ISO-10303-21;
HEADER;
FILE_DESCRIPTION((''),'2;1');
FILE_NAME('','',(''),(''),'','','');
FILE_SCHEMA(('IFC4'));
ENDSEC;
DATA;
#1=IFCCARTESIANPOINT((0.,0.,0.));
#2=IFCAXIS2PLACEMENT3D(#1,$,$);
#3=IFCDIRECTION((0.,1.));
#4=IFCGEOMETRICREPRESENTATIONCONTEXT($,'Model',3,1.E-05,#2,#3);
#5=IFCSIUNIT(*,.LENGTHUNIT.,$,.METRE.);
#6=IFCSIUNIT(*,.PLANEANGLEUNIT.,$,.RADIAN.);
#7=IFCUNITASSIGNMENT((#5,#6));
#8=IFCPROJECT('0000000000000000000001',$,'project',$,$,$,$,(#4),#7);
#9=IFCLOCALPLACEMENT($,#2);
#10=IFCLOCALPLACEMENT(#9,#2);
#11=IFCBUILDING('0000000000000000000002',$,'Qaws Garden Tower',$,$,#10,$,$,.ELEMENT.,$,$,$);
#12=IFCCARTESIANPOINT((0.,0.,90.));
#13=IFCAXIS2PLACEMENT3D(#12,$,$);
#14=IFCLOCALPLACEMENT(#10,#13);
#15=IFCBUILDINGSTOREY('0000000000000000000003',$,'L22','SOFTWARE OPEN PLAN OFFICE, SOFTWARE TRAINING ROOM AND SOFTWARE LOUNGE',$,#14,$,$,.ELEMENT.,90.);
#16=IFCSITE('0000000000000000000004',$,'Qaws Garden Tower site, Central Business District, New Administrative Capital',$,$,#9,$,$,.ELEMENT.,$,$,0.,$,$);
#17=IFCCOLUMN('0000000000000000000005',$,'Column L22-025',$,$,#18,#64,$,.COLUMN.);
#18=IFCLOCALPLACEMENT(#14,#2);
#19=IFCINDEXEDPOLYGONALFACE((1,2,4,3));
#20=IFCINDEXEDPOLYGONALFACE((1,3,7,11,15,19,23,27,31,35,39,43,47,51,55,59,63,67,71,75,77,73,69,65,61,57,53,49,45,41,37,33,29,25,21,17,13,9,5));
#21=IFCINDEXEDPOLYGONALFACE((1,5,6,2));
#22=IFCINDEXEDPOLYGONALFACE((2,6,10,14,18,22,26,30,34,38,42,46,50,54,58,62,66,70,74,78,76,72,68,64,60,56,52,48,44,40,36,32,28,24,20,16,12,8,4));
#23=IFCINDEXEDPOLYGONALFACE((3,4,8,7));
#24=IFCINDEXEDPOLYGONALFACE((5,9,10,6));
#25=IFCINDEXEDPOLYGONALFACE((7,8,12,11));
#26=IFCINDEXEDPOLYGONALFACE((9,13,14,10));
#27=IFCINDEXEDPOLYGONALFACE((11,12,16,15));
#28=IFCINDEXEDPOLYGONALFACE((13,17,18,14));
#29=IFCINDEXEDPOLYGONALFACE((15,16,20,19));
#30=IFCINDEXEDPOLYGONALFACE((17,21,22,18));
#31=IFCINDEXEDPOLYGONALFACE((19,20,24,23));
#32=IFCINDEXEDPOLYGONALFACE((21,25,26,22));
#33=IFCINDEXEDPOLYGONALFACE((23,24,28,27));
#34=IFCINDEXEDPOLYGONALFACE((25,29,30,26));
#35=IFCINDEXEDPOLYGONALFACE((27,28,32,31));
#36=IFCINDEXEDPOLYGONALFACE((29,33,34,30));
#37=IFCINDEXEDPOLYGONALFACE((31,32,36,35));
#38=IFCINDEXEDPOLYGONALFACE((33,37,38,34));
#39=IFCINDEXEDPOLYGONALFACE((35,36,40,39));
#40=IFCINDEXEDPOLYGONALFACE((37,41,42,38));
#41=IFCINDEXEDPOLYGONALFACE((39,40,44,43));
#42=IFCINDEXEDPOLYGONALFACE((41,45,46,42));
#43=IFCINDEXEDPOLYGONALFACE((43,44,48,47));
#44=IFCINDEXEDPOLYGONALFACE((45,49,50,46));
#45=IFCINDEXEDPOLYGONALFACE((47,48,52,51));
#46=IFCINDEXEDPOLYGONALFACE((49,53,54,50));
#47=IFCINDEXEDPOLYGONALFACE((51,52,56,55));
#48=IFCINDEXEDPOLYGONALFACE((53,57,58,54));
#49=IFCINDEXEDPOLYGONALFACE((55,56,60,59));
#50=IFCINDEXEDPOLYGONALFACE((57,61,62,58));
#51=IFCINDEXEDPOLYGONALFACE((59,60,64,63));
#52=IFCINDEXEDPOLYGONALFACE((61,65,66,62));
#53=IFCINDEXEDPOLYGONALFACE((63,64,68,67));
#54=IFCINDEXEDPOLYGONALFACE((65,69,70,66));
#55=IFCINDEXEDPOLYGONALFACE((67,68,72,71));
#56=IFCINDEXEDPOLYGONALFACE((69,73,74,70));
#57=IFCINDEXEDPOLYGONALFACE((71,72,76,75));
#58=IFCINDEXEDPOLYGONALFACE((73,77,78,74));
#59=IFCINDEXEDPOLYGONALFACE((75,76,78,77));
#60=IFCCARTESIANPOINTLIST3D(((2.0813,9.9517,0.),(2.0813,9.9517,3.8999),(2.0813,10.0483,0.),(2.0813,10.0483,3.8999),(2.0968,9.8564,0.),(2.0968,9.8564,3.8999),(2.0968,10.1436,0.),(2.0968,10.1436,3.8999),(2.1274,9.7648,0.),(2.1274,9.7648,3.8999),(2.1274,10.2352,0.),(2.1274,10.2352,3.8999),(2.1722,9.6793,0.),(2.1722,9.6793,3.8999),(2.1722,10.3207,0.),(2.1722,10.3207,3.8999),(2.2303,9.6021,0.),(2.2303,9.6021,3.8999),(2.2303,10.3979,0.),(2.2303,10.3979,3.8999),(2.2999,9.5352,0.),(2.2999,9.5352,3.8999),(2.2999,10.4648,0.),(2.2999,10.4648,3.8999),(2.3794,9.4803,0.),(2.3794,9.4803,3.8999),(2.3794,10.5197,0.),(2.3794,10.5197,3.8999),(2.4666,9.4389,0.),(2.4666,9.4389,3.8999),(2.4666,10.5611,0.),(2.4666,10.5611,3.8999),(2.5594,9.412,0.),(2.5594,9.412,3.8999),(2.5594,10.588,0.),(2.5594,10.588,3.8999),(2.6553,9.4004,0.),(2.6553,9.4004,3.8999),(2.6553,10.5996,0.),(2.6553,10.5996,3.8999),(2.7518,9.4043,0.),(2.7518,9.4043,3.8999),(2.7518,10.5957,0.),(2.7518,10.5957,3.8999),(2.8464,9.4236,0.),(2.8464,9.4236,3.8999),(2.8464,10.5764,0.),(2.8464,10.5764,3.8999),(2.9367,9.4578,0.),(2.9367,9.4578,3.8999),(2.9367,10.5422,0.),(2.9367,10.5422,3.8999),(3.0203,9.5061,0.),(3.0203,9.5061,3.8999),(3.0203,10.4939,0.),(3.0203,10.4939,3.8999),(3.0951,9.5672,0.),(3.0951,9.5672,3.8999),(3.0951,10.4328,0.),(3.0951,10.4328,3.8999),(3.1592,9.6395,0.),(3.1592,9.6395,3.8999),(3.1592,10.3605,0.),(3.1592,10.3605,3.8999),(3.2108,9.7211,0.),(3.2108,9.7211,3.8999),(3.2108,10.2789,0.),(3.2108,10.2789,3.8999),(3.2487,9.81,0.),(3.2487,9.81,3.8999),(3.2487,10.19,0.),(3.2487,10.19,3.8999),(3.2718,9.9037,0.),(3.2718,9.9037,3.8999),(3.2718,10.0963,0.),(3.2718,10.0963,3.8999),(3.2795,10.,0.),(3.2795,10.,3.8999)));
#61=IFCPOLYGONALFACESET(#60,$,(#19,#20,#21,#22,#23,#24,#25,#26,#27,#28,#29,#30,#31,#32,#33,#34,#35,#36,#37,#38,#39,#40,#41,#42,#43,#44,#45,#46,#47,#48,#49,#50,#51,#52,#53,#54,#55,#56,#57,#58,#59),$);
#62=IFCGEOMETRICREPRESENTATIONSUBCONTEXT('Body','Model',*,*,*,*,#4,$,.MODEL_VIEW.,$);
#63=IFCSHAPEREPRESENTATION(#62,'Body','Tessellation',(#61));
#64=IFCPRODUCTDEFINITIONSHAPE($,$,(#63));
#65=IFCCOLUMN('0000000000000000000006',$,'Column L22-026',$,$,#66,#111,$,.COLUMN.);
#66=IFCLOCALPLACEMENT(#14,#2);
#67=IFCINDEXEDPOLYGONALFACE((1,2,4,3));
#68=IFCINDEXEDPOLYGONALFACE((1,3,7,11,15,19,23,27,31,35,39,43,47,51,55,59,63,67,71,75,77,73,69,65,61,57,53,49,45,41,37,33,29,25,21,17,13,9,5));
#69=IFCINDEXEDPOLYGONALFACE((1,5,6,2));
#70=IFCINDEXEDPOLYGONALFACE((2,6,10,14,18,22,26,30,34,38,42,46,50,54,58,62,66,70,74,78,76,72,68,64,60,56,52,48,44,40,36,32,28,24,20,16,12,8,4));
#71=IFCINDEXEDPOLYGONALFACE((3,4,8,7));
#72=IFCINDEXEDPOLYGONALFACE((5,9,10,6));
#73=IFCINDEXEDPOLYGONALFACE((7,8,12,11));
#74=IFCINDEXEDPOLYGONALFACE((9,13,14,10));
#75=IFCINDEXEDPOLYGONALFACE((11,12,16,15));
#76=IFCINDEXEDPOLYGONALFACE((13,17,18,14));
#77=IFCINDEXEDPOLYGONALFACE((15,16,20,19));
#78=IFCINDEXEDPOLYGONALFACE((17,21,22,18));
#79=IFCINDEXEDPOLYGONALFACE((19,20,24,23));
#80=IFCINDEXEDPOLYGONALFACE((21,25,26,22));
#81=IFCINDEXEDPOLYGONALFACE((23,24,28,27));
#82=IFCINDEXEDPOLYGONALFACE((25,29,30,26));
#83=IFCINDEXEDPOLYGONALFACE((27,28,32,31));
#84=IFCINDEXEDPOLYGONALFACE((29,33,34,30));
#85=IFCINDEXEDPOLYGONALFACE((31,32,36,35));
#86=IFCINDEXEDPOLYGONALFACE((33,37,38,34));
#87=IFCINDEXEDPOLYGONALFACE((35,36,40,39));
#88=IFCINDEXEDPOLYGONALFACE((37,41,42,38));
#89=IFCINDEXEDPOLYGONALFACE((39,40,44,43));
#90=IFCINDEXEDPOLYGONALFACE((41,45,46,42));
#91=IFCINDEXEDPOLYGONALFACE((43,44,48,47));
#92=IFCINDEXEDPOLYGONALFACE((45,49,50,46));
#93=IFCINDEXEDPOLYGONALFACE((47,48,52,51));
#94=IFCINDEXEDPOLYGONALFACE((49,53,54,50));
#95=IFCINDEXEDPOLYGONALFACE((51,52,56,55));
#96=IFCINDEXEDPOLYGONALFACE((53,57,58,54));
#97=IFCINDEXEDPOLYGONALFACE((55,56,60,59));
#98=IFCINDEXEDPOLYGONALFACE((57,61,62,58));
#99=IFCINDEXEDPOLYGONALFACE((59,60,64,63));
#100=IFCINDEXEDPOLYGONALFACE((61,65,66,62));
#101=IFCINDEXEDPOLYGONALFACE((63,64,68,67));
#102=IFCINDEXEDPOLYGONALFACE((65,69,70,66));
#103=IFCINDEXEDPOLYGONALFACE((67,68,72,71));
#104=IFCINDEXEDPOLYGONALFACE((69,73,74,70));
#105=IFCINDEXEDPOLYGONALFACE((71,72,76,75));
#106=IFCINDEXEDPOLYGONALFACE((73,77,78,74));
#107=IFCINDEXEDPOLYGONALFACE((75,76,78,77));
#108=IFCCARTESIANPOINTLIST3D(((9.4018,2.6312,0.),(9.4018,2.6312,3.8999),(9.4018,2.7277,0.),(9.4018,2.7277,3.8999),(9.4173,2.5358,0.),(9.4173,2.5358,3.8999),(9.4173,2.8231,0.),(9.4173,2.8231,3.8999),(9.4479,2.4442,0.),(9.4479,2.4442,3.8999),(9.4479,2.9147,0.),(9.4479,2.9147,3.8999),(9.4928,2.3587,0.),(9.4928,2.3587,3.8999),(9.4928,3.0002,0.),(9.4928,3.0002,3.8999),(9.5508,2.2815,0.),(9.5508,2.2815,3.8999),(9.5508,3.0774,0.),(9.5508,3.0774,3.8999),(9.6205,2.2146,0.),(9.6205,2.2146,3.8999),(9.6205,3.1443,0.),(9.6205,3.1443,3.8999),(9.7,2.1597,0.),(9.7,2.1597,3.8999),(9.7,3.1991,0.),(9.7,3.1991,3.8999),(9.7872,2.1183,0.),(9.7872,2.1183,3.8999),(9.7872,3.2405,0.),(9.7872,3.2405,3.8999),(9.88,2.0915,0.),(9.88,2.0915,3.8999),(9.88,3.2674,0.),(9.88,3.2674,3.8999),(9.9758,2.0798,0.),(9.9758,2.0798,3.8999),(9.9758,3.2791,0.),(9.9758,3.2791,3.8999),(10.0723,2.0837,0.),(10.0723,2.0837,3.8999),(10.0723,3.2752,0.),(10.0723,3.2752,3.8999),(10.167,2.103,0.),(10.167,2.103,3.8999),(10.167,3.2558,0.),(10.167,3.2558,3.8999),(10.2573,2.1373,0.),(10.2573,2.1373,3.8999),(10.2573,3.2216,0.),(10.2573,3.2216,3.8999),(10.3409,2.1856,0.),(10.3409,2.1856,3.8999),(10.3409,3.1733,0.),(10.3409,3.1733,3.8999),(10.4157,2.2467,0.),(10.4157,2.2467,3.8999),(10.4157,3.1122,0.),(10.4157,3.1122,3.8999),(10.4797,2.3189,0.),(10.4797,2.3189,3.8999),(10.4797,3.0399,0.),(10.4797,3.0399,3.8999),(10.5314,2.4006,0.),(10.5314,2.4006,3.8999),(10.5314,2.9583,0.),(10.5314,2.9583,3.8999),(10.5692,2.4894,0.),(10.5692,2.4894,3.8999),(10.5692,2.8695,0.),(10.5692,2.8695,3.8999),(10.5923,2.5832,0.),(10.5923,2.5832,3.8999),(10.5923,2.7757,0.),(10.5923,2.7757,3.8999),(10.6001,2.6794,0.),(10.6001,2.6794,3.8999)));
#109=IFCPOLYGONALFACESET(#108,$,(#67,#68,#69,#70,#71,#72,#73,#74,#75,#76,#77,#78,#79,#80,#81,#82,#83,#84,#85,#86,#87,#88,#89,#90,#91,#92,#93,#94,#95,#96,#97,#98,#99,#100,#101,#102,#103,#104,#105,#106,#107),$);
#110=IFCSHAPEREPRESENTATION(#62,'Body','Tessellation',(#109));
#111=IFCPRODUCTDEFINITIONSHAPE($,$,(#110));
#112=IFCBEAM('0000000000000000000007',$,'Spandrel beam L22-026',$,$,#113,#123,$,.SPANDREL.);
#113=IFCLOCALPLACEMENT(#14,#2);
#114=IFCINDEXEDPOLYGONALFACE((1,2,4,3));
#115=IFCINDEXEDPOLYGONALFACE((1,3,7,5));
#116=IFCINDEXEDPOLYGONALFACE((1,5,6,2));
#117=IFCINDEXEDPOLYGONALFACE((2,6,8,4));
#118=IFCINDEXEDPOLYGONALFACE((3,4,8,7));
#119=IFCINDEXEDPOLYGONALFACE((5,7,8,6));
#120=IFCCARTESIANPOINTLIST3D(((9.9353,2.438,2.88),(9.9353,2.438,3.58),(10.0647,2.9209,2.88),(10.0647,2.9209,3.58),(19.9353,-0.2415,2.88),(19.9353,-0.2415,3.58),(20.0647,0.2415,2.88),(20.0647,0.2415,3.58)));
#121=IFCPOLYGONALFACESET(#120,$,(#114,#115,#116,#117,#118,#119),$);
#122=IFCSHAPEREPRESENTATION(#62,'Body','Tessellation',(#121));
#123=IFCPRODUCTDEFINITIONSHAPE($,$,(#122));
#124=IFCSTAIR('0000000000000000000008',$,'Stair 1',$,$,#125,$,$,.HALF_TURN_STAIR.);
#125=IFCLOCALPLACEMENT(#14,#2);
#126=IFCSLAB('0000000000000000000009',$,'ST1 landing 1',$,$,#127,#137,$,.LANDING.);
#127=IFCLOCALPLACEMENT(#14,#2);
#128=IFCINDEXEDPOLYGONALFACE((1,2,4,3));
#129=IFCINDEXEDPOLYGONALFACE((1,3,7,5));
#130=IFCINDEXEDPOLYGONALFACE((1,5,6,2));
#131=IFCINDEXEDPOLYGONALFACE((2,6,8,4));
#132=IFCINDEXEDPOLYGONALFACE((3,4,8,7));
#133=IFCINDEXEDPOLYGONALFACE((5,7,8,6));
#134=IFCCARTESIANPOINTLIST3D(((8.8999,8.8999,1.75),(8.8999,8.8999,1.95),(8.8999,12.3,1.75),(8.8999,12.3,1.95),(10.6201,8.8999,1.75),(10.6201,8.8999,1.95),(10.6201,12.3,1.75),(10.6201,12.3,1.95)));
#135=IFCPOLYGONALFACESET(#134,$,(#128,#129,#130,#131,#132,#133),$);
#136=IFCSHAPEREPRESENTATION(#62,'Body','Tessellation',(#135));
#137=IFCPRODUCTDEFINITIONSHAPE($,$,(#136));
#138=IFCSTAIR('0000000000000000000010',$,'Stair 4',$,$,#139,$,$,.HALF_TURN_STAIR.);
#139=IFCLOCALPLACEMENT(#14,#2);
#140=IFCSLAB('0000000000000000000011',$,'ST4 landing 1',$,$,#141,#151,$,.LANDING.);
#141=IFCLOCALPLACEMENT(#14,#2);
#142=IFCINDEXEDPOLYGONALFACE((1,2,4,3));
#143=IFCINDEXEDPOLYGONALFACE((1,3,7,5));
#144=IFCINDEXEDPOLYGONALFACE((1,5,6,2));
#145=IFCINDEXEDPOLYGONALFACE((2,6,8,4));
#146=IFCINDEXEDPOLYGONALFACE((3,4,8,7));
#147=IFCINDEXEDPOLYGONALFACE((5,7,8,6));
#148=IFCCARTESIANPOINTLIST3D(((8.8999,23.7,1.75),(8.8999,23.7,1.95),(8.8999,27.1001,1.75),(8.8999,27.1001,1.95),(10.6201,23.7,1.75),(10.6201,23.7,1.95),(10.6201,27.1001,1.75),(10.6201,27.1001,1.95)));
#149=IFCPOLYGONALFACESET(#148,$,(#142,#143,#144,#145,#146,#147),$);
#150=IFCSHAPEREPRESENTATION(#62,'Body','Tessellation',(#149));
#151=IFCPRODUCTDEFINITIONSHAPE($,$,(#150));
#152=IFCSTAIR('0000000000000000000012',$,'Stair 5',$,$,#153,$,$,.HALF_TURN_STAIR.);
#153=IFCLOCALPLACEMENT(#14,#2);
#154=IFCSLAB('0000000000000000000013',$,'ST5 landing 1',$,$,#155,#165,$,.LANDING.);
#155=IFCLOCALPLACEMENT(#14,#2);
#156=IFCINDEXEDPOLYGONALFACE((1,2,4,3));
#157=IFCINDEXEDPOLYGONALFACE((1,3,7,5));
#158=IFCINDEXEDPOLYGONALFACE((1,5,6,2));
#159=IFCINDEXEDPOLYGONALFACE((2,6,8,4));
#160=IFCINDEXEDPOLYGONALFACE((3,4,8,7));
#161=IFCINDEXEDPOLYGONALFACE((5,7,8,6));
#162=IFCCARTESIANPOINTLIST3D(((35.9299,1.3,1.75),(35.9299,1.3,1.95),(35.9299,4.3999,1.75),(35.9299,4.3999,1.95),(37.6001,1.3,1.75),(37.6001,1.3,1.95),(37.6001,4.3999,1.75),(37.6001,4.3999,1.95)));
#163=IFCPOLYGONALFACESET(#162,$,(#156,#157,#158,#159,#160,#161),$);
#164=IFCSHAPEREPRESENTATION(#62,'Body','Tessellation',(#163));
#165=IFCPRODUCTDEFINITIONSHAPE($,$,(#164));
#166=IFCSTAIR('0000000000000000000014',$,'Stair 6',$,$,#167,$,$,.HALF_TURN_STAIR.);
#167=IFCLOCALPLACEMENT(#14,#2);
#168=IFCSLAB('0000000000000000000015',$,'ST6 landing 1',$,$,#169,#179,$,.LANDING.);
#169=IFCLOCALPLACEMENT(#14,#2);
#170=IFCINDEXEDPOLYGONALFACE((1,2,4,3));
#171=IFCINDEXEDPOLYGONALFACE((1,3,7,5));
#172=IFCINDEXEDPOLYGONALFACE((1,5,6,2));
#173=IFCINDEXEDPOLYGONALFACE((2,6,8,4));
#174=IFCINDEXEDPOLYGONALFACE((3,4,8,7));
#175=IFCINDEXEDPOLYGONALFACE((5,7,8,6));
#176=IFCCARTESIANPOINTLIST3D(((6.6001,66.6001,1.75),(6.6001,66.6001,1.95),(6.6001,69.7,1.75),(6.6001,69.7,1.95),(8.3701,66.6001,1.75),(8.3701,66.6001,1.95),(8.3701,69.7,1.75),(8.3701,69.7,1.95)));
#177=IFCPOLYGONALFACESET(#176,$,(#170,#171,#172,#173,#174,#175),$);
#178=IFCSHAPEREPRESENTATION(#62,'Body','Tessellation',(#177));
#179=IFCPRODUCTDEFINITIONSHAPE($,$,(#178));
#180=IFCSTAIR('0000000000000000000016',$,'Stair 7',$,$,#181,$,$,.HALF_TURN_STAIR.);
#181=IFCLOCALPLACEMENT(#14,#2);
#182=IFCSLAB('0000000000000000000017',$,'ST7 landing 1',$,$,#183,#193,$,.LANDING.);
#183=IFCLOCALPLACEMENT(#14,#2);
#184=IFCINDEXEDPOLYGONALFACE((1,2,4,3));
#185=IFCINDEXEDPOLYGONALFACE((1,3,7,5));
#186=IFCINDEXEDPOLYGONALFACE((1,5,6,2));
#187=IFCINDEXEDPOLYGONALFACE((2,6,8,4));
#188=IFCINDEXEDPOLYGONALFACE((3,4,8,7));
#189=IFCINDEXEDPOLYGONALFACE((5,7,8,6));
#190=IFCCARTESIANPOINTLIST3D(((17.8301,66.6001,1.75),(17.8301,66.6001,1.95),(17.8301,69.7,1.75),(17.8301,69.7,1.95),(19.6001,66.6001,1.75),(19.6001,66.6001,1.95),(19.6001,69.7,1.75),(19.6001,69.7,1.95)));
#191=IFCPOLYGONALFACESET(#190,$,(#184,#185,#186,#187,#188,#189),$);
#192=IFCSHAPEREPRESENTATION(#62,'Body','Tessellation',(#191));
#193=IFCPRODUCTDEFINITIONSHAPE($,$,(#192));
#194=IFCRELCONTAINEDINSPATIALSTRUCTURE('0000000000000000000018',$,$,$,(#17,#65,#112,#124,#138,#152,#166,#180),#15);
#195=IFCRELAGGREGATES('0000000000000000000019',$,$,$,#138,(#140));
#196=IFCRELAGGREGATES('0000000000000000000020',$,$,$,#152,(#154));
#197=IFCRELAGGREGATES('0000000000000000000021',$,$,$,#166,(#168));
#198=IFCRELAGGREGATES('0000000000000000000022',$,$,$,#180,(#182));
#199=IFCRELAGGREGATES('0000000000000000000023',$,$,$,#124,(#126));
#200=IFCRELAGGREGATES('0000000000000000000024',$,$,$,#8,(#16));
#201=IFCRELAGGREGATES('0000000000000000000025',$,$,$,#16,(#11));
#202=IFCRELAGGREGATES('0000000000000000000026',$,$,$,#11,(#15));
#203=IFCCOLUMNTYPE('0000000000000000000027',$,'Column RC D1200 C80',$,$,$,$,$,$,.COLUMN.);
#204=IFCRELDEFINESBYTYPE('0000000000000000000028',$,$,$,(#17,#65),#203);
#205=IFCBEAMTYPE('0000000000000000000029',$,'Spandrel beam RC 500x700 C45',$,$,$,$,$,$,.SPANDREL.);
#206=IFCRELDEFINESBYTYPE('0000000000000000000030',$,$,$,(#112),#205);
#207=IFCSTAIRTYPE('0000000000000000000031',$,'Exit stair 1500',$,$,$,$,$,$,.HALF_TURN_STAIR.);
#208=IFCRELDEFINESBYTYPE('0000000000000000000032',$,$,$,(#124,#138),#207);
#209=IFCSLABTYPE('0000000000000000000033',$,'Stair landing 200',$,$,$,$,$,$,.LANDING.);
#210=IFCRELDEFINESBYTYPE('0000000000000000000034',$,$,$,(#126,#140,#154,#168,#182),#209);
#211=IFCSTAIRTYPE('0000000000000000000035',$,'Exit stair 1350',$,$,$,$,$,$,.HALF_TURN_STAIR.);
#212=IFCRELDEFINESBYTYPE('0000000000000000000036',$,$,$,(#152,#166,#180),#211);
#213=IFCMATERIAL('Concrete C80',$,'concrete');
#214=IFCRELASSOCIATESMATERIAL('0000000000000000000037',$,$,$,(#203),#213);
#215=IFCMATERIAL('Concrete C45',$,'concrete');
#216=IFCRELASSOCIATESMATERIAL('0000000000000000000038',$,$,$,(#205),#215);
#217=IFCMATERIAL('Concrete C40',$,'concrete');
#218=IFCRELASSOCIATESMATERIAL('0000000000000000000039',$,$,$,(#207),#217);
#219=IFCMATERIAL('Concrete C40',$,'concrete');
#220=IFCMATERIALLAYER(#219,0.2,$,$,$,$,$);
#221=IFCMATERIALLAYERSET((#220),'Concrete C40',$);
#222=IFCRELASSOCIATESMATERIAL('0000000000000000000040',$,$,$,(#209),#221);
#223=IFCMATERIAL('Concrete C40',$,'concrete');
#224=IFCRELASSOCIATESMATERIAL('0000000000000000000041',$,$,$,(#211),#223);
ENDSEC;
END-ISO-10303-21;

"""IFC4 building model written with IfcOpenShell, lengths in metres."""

from ifc_helpers import new_model, si_unit, direction, frame, origin, origin_2d, place, context, subcontext, project, spatial, polyline, rectangle, circle, outline, extrude, material, layer, layer_set, material_profile, profile_set, type_object, element, aggregate, save


model = new_model("IFC4")

# Units and contexts
model_context = context("Model", 3, precision=1e-05, world=origin(), true_north=direction((0.0, 1.0)))
body_context = subcontext(model_context, "Body", "Model", "MODEL_VIEW")
ifc_project = project(units=[si_unit("LENGTHUNIT", "METRE"), si_unit("PLANEANGLEUNIT", "RADIAN")], contexts=[model_context])

# Site, building, storey
site_placement = place(None, origin())
site = spatial("IfcSite", under=ifc_project, at=site_placement, Name="Qaws Garden Tower site, Central Business District, New Administrative Capital", CompositionType="ELEMENT", RefElevation=0.0)
building_placement = place(site_placement, origin())
building = spatial("IfcBuilding", under=site, at=building_placement, Name="Qaws Garden Tower", CompositionType="ELEMENT")
storey_placement = place(building_placement, frame((0.0, 0.0, 90.0)))
storey = spatial("IfcBuildingStorey", under=building, at=storey_placement, Name="L22", Description="SOFTWARE OPEN PLAN OFFICE, SOFTWARE TRAINING ROOM AND SOFTWARE LOUNGE", CompositionType="ELEMENT", Elevation=90.0)

# Columns
ifc_material_1 = material(Name="Concrete C80", Category="concrete")
ifc_material_profile_1 = material_profile(ifc_material_1, circle(Radius=0.6001, at=origin_2d()), Name="RC D1200")
ifc_profile_set_1 = profile_set([ifc_material_profile_1], Name="Concrete C80")
column_type = type_object("IfcColumnType", Name="Column RC D1200 C80", PredefinedType="COLUMN", material=ifc_profile_set_1)
for number, where, z_axis, x_axis, name in (
    (1, (2.6794, 10.0, 0.0), (0.0, 0.0, 1.0), (1.0, 0.0, 0.0), "Column L22-025"),
    (2, (10.0, 2.6794, 0.0), (0.0, 0.0, 1.0), (1.0, 0.0, 0.0), "Column L22-026"),
):
    element("IfcColumn", number, at=place(storey_placement, frame(where, z_axis=z_axis, x_axis=x_axis)), inside=storey, type_object=column_type, Name=name, PredefinedType="COLUMN", context=body_context, shape_type="SweptSolid", body=[
        extrude(circle(Radius=0.6001, at=origin_2d()), origin(), (0.0, 0.0, 1.0), 3.8999),
    ])

# Beam
ifc_material_2 = material(Name="Concrete C45", Category="concrete")
ifc_material_profile_2 = material_profile(ifc_material_2, rectangle(XDim=0.5, YDim=0.7, at=origin_2d()), Name="RC 500x700")
ifc_profile_set_2 = profile_set([ifc_material_profile_2], Name="Concrete C45")
beam_type = type_object("IfcBeamType", Name="Spandrel beam RC 500x700 C45", PredefinedType="SPANDREL", material=ifc_profile_set_2)
beam_placement = place(storey_placement, frame((10.0, 2.6794, 3.23), z_axis=(0.965927, -0.258815, 0.0), x_axis=(0.258815, 0.965927, 0.0)))
element("IfcBeam", 3, at=beam_placement, inside=storey, type_object=beam_type, Name="Spandrel beam L22-026", PredefinedType="SPANDREL", context=body_context, shape_type="SweptSolid", body=[
    extrude(rectangle(XDim=0.5, YDim=0.7, at=origin_2d()), origin(), (0.0, 0.0, 1.0), 10.3528),
])

# Stairs, slabs
ifc_material_3 = material(Name="Concrete C40", Category="concrete")
stair_type_1 = type_object("IfcStairType", Name="Exit stair 1500", PredefinedType="HALF_TURN_STAIR", material=ifc_material_3)
placement_1 = place(storey_placement, origin())
stair_1 = element("IfcStair", 4, at=placement_1, inside=storey, type_object=stair_type_1, Name="Stair 1", PredefinedType="HALF_TURN_STAIR")
ifc_material_4 = material(Name="Concrete C40", Category="concrete")
ifc_layer_1 = layer(ifc_material_4, 0.2)
ifc_layer_set_1 = layer_set([ifc_layer_1], Name="Concrete C40")
slab_type = type_object("IfcSlabType", Name="Stair landing 200", PredefinedType="LANDING", material=ifc_layer_set_1)
placement_2 = place(storey_placement, frame((0.0, 0.0, 1.75)))
slab_1 = element("IfcSlab", 5, at=placement_2, type_object=slab_type, Name="ST1 landing 1", PredefinedType="LANDING", context=body_context, shape_type="SweptSolid", body=[
    extrude(outline(polyline([(8.8999, 8.8999), (10.6201, 8.8999), (10.6201, 12.3), (8.8999, 12.3), (8.8999, 8.8999)])), origin(), (0.0, 0.0, 1.0), 0.2),
])
stair_2 = element("IfcStair", 6, at=placement_1, inside=storey, type_object=stair_type_1, Name="Stair 4", PredefinedType="HALF_TURN_STAIR")
slab_2 = element("IfcSlab", 7, at=placement_2, type_object=slab_type, Name="ST4 landing 1", PredefinedType="LANDING", context=body_context, shape_type="SweptSolid", body=[
    extrude(outline(polyline([(8.8999, 23.7), (10.6201, 23.7), (10.6201, 27.1001), (8.8999, 27.1001), (8.8999, 23.7)])), origin(), (0.0, 0.0, 1.0), 0.2),
])
aggregate(stair_2, [slab_2])
ifc_material_5 = material(Name="Concrete C40", Category="concrete")
stair_type_2 = type_object("IfcStairType", Name="Exit stair 1350", PredefinedType="HALF_TURN_STAIR", material=ifc_material_5)
stair_3 = element("IfcStair", 8, at=placement_1, inside=storey, type_object=stair_type_2, Name="Stair 5", PredefinedType="HALF_TURN_STAIR")
slab_3 = element("IfcSlab", 9, at=placement_2, type_object=slab_type, Name="ST5 landing 1", PredefinedType="LANDING", context=body_context, shape_type="SweptSolid", body=[
    extrude(outline(polyline([(35.9299, 1.3), (37.6001, 1.3), (37.6001, 4.3999), (35.9299, 4.3999), (35.9299, 1.3)])), origin(), (0.0, 0.0, 1.0), 0.2),
])
aggregate(stair_3, [slab_3])
stair_4 = element("IfcStair", 10, at=placement_1, inside=storey, type_object=stair_type_2, Name="Stair 6", PredefinedType="HALF_TURN_STAIR")
slab_4 = element("IfcSlab", 11, at=placement_2, type_object=slab_type, Name="ST6 landing 1", PredefinedType="LANDING", context=body_context, shape_type="SweptSolid", body=[
    extrude(outline(polyline([(6.6001, 66.6001), (8.3701, 66.6001), (8.3701, 69.7), (6.6001, 69.7), (6.6001, 66.6001)])), origin(), (0.0, 0.0, 1.0), 0.2),
])
aggregate(stair_4, [slab_4])
stair_5 = element("IfcStair", 12, at=placement_1, inside=storey, type_object=stair_type_2, Name="Stair 7", PredefinedType="HALF_TURN_STAIR")
slab_5 = element("IfcSlab", 13, at=placement_2, type_object=slab_type, Name="ST7 landing 1", PredefinedType="LANDING", context=body_context, shape_type="SweptSolid", body=[
    extrude(outline(polyline([(17.8301, 66.6001), (19.6001, 66.6001), (19.6001, 69.7), (17.8301, 69.7), (17.8301, 66.6001)])), origin(), (0.0, 0.0, 1.0), 0.2),
])
aggregate(stair_5, [slab_5])

aggregate(stair_1, [slab_1])

save(model, "model.ifc")
